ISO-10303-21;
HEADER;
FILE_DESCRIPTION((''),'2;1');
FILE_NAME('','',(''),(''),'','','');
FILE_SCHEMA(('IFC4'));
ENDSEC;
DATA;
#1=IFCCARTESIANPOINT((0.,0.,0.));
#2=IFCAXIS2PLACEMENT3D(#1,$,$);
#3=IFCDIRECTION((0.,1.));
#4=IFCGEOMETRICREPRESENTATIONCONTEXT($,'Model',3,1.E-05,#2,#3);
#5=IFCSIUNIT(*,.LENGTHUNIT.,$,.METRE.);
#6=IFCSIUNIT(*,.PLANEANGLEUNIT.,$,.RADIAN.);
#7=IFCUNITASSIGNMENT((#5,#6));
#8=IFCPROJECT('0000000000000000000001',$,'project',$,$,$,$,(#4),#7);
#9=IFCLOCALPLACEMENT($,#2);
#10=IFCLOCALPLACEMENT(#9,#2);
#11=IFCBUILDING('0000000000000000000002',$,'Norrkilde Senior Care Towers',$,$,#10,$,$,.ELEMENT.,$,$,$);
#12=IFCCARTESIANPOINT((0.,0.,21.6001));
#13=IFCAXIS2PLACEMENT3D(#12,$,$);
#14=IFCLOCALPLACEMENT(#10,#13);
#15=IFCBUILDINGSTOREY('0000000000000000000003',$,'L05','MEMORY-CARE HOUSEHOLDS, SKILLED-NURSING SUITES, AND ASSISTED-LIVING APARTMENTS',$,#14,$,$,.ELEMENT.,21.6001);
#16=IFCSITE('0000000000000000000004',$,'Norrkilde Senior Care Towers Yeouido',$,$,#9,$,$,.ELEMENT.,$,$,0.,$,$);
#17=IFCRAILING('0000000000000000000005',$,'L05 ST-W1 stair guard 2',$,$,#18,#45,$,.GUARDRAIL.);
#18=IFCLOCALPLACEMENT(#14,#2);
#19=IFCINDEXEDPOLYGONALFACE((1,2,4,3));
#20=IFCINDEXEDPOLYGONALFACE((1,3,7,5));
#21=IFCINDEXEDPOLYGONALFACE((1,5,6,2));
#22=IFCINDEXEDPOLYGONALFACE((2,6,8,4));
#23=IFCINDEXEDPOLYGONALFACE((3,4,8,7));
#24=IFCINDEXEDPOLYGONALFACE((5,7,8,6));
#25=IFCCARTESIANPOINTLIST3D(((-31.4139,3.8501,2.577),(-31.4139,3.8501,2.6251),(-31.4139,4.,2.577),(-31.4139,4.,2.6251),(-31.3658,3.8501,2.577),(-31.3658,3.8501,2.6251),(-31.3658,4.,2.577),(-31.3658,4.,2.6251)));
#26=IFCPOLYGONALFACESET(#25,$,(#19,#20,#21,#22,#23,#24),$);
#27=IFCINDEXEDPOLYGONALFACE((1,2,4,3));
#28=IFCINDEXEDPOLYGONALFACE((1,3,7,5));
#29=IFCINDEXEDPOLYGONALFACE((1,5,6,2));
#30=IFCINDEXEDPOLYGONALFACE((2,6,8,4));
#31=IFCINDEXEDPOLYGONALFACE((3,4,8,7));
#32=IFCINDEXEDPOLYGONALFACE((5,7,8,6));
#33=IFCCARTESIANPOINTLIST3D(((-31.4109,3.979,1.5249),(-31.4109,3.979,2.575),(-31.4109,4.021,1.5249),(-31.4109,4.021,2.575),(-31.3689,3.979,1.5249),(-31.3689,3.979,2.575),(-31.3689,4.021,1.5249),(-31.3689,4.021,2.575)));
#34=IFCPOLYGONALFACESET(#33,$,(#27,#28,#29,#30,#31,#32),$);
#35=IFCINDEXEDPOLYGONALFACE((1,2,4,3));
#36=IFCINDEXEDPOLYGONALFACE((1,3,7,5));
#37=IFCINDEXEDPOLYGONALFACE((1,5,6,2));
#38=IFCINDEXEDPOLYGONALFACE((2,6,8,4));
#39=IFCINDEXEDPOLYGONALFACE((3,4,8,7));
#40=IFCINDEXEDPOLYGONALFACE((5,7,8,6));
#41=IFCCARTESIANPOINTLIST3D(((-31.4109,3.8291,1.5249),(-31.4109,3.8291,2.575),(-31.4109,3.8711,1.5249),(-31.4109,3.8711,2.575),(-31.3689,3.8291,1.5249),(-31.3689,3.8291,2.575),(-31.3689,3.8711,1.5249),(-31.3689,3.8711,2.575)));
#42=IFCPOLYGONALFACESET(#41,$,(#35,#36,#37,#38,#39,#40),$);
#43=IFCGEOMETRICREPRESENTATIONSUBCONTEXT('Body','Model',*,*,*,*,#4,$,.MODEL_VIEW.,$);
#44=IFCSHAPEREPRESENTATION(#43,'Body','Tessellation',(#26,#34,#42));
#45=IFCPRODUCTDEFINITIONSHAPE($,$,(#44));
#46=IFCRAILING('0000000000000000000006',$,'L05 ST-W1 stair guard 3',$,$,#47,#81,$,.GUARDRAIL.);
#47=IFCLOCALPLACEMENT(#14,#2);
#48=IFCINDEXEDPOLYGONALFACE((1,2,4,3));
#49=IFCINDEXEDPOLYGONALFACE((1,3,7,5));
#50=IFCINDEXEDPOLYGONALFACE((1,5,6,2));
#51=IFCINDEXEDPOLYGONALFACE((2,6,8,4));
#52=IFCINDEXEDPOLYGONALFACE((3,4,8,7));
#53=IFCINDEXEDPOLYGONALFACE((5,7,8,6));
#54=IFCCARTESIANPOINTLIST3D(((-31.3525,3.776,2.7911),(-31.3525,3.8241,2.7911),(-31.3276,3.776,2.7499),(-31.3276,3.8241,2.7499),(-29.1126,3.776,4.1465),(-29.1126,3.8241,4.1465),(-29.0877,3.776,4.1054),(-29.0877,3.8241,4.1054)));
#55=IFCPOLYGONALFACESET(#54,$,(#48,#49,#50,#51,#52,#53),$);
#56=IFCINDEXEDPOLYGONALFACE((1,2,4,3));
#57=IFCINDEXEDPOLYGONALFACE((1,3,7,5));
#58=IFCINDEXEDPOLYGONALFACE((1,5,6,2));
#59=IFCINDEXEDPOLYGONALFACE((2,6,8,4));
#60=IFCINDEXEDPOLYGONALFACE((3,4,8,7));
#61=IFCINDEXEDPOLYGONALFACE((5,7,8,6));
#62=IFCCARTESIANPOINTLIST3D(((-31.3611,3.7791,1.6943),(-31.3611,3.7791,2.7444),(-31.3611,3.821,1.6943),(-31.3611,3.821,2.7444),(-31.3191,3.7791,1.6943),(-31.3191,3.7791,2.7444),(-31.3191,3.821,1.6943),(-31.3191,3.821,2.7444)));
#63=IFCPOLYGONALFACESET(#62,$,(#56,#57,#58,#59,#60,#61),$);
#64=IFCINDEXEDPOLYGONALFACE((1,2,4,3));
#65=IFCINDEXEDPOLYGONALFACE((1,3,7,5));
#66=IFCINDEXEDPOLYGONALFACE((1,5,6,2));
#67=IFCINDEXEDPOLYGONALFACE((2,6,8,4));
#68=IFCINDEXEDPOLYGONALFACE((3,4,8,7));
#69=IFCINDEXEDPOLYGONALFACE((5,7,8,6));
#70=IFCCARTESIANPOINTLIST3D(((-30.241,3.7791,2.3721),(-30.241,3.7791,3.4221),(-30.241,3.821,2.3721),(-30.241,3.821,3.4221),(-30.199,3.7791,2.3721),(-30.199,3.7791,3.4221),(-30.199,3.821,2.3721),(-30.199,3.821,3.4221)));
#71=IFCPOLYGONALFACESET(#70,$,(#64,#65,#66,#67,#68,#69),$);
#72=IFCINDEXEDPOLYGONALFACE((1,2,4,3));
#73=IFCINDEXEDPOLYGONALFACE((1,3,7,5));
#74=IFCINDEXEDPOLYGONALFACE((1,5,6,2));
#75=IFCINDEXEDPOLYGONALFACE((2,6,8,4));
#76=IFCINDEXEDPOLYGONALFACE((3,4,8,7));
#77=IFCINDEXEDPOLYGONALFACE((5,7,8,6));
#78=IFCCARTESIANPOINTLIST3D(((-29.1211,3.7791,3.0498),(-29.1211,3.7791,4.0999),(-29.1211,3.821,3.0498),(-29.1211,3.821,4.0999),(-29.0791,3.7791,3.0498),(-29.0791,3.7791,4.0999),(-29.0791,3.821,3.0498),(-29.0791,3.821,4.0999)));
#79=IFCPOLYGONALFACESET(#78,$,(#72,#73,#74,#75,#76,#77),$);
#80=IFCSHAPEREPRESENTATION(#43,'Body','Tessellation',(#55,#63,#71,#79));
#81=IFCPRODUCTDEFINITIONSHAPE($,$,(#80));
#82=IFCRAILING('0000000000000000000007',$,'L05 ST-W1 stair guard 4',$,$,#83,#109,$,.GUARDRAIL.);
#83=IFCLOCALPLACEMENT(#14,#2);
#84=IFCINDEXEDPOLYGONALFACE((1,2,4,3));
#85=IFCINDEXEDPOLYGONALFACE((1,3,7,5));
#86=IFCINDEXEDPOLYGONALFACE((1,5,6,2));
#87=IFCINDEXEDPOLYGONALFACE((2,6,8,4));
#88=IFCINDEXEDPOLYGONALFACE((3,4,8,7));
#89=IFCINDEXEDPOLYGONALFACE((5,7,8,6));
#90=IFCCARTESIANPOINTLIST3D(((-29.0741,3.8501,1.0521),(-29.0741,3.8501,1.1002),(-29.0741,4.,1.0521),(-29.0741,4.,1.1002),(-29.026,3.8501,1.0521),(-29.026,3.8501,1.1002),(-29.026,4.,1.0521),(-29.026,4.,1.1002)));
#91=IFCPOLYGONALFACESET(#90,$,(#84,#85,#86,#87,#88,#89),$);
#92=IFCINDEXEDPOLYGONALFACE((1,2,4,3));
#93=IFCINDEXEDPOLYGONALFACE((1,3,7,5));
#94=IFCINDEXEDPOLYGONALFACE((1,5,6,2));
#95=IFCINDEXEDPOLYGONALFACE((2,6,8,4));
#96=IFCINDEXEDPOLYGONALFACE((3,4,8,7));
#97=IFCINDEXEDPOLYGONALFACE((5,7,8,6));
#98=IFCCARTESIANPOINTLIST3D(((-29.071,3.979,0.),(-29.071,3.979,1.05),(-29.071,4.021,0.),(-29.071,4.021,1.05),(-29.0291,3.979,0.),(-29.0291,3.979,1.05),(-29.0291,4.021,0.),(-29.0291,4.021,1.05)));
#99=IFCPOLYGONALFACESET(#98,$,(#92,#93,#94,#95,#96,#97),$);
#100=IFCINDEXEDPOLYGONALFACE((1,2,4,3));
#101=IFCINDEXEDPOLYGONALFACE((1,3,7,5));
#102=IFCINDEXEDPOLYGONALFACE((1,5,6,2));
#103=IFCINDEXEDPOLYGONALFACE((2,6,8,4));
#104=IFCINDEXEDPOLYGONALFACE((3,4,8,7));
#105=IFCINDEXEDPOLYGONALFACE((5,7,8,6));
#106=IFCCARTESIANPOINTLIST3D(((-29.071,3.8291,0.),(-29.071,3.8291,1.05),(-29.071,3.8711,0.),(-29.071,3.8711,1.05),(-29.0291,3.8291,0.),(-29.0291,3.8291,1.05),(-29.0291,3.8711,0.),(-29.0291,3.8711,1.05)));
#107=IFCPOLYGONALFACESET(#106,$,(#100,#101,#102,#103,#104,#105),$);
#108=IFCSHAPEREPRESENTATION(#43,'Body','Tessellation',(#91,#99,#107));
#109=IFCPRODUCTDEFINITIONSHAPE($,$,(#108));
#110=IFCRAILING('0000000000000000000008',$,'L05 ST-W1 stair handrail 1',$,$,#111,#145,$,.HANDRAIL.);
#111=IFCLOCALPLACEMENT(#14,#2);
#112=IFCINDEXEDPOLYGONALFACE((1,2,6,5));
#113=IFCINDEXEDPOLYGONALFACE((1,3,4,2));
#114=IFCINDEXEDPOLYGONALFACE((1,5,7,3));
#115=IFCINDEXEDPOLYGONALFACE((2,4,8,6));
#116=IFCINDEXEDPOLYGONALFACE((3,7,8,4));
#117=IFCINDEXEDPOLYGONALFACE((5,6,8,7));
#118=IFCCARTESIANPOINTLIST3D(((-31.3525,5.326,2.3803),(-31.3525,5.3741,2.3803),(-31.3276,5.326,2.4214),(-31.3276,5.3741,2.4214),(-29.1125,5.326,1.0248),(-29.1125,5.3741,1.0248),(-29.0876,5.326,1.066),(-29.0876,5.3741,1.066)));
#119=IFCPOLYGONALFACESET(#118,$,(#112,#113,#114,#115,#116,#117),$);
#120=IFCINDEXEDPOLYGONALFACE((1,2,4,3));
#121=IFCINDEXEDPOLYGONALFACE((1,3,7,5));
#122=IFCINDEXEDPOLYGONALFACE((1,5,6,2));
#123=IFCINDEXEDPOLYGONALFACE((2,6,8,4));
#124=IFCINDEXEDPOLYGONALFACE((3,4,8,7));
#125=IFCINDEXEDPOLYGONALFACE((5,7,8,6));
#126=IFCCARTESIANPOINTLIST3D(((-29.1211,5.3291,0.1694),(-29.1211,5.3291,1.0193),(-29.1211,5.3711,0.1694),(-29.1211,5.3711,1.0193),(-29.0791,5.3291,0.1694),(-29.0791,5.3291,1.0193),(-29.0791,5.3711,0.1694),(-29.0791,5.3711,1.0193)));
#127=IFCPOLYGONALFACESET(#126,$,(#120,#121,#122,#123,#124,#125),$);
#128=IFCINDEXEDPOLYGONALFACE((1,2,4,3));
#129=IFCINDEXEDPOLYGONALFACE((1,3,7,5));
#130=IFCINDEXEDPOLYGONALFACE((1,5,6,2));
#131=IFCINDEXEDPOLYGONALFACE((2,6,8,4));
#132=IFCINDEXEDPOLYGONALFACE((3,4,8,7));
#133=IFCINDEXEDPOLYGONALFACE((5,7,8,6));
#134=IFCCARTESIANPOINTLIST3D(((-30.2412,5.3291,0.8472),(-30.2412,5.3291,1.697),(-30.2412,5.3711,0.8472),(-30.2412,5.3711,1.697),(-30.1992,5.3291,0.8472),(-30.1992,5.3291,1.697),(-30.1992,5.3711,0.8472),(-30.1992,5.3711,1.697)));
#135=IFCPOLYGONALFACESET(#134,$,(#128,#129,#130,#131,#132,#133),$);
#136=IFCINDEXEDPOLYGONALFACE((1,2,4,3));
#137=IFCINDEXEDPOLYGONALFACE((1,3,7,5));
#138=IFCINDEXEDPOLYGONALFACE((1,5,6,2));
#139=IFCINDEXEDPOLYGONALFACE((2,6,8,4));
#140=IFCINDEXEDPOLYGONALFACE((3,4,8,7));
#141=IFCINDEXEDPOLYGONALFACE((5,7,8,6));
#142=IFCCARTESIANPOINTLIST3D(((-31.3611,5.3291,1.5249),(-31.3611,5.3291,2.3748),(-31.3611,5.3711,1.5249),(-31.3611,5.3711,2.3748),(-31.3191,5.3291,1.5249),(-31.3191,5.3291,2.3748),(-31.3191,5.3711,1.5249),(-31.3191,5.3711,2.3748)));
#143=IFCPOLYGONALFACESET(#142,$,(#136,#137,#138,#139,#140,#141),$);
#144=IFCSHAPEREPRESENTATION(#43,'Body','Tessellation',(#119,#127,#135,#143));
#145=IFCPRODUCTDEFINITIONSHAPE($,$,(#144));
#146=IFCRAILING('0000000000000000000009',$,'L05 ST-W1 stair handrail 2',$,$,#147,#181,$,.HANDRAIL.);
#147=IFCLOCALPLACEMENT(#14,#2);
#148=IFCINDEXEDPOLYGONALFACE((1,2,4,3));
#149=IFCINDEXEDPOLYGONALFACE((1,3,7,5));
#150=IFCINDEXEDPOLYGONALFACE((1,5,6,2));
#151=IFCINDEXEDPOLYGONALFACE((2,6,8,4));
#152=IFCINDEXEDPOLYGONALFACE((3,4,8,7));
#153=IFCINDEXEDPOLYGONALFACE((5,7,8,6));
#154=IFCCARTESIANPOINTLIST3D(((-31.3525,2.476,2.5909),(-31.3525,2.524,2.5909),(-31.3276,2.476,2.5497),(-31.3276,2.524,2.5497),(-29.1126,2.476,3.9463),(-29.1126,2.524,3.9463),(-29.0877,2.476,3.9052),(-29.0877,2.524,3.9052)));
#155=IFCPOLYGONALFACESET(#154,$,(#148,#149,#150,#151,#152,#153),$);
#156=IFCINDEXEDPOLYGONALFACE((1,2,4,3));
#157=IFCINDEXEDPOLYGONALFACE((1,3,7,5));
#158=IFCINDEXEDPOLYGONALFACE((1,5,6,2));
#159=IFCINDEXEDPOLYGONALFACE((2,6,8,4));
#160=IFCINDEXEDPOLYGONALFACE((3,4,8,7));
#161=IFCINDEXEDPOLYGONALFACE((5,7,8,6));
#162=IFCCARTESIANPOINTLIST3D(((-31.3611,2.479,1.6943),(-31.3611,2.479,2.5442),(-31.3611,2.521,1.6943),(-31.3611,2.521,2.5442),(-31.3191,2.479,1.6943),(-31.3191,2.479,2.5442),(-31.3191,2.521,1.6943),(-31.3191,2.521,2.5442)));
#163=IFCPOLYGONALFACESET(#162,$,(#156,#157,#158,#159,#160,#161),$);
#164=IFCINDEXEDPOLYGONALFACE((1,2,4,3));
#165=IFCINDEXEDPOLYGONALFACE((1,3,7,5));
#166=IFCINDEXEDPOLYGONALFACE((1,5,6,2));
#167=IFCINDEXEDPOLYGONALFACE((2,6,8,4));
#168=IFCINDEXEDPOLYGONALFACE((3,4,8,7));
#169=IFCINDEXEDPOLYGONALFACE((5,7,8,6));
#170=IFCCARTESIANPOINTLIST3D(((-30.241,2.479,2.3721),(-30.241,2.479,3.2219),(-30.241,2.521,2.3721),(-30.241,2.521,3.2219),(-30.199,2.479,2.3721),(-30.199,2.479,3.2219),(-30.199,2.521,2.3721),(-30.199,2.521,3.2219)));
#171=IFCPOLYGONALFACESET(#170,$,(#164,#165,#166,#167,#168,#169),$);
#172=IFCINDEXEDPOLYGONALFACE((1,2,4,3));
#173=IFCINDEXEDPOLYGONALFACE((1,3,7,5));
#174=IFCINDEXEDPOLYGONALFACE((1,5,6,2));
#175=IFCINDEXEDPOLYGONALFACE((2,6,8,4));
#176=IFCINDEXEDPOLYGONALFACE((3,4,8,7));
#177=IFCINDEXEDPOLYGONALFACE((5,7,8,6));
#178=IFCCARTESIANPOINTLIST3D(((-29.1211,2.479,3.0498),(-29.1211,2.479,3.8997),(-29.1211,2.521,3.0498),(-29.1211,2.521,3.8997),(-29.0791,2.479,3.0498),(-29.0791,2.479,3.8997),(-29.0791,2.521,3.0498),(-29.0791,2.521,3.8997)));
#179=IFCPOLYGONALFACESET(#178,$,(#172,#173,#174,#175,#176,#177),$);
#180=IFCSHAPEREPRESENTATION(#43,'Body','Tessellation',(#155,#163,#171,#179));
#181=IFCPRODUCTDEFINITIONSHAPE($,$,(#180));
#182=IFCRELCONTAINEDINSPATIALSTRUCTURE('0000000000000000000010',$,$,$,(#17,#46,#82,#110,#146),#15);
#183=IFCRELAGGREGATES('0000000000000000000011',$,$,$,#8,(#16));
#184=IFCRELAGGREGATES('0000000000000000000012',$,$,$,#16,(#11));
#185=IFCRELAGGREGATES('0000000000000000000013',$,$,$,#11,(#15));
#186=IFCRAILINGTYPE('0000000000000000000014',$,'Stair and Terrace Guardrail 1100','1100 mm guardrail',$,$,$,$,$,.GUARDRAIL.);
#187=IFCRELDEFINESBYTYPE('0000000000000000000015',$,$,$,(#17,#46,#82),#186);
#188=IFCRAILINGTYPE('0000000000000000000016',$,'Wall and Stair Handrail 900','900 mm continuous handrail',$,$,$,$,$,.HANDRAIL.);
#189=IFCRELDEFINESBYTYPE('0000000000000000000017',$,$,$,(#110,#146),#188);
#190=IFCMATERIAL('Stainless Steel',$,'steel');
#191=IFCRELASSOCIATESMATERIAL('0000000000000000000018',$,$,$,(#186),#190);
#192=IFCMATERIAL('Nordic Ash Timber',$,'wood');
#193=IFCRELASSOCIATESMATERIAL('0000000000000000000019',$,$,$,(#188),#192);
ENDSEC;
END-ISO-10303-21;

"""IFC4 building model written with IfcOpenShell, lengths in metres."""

from ifc_helpers import new_model, si_unit, direction, frame, origin, origin_2d, place, context, subcontext, project, spatial, rectangle, extrude, material, type_object, element, save


model = new_model("IFC4")

# Units and contexts
model_context = context("Model", 3, precision=1e-05, world=origin(), true_north=direction((0.0, 1.0)))
body_context = subcontext(model_context, "Body", "Model", "MODEL_VIEW")
ifc_project = project(units=[si_unit("LENGTHUNIT", "METRE"), si_unit("PLANEANGLEUNIT", "RADIAN")], contexts=[model_context])

# Site, building, storey
site_placement = place(None, origin())
site = spatial("IfcSite", under=ifc_project, at=site_placement, Name="Norrkilde Senior Care Towers Yeouido", CompositionType="ELEMENT", RefElevation=0.0)
building_placement = place(site_placement, origin())
building = spatial("IfcBuilding", under=site, at=building_placement, Name="Norrkilde Senior Care Towers", CompositionType="ELEMENT")
storey_placement = place(building_placement, frame((0.0, 0.0, 21.6001)))
storey = spatial("IfcBuildingStorey", under=building, at=storey_placement, Name="L05", Description="MEMORY-CARE HOUSEHOLDS, SKILLED-NURSING SUITES, AND ASSISTED-LIVING APARTMENTS", CompositionType="ELEMENT", Elevation=21.6001)

# Shared definitions
ifc_material_1 = material(Name="Stainless Steel", Category="steel")

# Railings
railing_type_1 = type_object("IfcRailingType", Name="Stair and Terrace Guardrail 1100", Description="1100 mm guardrail", PredefinedType="GUARDRAIL", material=ifc_material_1)
railing_1_placement = place(storey_placement, frame((-31.3899, 4.0, 1.5249)))
element("IfcRailing", 1, at=railing_1_placement, inside=storey, type_object=railing_type_1, Name="L05 ST-W1 stair guard 2", PredefinedType="GUARDRAIL", context=body_context, shape_type="SweptSolid", body=[
    extrude(rectangle(XDim=0.0481, YDim=0.0481, at=origin_2d()), frame((0.0, 0.0, 1.0762), z_axis=(0.0, -1.0, 0.0), x_axis=(1.0, 0.0, 0.0)), (0.0, 0.0, 1.0), 0.1499),
    extrude(rectangle(XDim=0.042, YDim=0.042, at=origin_2d()), origin(), (0.0, 0.0, 1.0), 1.05),
    extrude(rectangle(XDim=0.042, YDim=0.042, at=origin_2d()), frame((0.0, -0.1499, 0.0)), (0.0, 0.0, 1.0), 1.05),
])
railing_2_placement = place(storey_placement, frame((-31.3401, 3.8, 1.6943)))
element("IfcRailing", 2, at=railing_2_placement, inside=storey, type_object=railing_type_1, Name="L05 ST-W1 stair guard 3", PredefinedType="GUARDRAIL", context=body_context, shape_type="SweptSolid", body=[
    extrude(rectangle(XDim=0.0481, YDim=0.0481, at=origin_2d()), frame((0.0, 0.0, 1.0762), z_axis=(0.855553, 0.0, 0.517715), x_axis=(0.0, 1.0, 0.0)), (0.0, 0.0, 1.0), 2.6182),
    extrude(rectangle(XDim=0.042, YDim=0.042, at=origin_2d()), origin(), (0.0, 0.0, 1.0), 1.05),
    extrude(rectangle(XDim=0.042, YDim=0.042, at=origin_2d()), frame((1.1201, 0.0, 0.6777)), (0.0, 0.0, 1.0), 1.05),
    extrude(rectangle(XDim=0.042, YDim=0.042, at=origin_2d()), frame((2.24, 0.0, 1.3555)), (0.0, 0.0, 1.0), 1.05),
])
railing_3_placement = place(storey_placement, frame((-29.05, 4.0, 0.0)))
element("IfcRailing", 3, at=railing_3_placement, inside=storey, type_object=railing_type_1, Name="L05 ST-W1 stair guard 4", PredefinedType="GUARDRAIL", context=body_context, shape_type="SweptSolid", body=[
    extrude(rectangle(XDim=0.0481, YDim=0.0481, at=origin_2d()), frame((0.0, 0.0, 1.0762), z_axis=(0.0, -1.0, 0.0), x_axis=(1.0, 0.0, 0.0)), (0.0, 0.0, 1.0), 0.1499),
    extrude(rectangle(XDim=0.042, YDim=0.042, at=origin_2d()), origin(), (0.0, 0.0, 1.0), 1.05),
    extrude(rectangle(XDim=0.042, YDim=0.042, at=origin_2d()), frame((0.0, -0.1499, 0.0)), (0.0, 0.0, 1.0), 1.05),
])
ifc_material_2 = material(Name="Nordic Ash Timber", Category="wood")
railing_type_2 = type_object("IfcRailingType", Name="Wall and Stair Handrail 900", Description="900 mm continuous handrail", PredefinedType="HANDRAIL", material=ifc_material_2)
railing_4_placement = place(storey_placement, frame((-29.1001, 5.3501, 0.1694)))
element("IfcRailing", 4, at=railing_4_placement, inside=storey, type_object=railing_type_2, Name="L05 ST-W1 stair handrail 1", PredefinedType="HANDRAIL", context=body_context, shape_type="SweptSolid", body=[
    extrude(rectangle(XDim=0.0481, YDim=0.0481, at=origin_2d()), frame((0.0, 0.0, 0.876), z_axis=(-0.855553, 0.0, 0.517715), x_axis=(0.0, -1.0, 0.0)), (0.0, 0.0, 1.0), 2.6182),
    extrude(rectangle(XDim=0.042, YDim=0.042, at=origin_2d()), origin(), (0.0, 0.0, 1.0), 0.8499),
    extrude(rectangle(XDim=0.042, YDim=0.042, at=origin_2d()), frame((-1.1201, 0.0, 0.6777)), (0.0, 0.0, 1.0), 0.8499),
    extrude(rectangle(XDim=0.042, YDim=0.042, at=origin_2d()), frame((-2.24, 0.0, 1.3555)), (0.0, 0.0, 1.0), 0.8499),
])
railing_5_placement = place(storey_placement, frame((-31.3401, 2.5, 1.6943)))
element("IfcRailing", 5, at=railing_5_placement, inside=storey, type_object=railing_type_2, Name="L05 ST-W1 stair handrail 2", PredefinedType="HANDRAIL", context=body_context, shape_type="SweptSolid", body=[
    extrude(rectangle(XDim=0.0481, YDim=0.0481, at=origin_2d()), frame((0.0, 0.0, 0.876), z_axis=(0.855553, 0.0, 0.517715), x_axis=(0.0, 1.0, 0.0)), (0.0, 0.0, 1.0), 2.6182),
    extrude(rectangle(XDim=0.042, YDim=0.042, at=origin_2d()), origin(), (0.0, 0.0, 1.0), 0.8499),
    extrude(rectangle(XDim=0.042, YDim=0.042, at=origin_2d()), frame((1.1201, 0.0, 0.6777)), (0.0, 0.0, 1.0), 0.8499),
    extrude(rectangle(XDim=0.042, YDim=0.042, at=origin_2d()), frame((2.24, 0.0, 1.3555)), (0.0, 0.0, 1.0), 0.8499),
])

save(model, "model.ifc")
